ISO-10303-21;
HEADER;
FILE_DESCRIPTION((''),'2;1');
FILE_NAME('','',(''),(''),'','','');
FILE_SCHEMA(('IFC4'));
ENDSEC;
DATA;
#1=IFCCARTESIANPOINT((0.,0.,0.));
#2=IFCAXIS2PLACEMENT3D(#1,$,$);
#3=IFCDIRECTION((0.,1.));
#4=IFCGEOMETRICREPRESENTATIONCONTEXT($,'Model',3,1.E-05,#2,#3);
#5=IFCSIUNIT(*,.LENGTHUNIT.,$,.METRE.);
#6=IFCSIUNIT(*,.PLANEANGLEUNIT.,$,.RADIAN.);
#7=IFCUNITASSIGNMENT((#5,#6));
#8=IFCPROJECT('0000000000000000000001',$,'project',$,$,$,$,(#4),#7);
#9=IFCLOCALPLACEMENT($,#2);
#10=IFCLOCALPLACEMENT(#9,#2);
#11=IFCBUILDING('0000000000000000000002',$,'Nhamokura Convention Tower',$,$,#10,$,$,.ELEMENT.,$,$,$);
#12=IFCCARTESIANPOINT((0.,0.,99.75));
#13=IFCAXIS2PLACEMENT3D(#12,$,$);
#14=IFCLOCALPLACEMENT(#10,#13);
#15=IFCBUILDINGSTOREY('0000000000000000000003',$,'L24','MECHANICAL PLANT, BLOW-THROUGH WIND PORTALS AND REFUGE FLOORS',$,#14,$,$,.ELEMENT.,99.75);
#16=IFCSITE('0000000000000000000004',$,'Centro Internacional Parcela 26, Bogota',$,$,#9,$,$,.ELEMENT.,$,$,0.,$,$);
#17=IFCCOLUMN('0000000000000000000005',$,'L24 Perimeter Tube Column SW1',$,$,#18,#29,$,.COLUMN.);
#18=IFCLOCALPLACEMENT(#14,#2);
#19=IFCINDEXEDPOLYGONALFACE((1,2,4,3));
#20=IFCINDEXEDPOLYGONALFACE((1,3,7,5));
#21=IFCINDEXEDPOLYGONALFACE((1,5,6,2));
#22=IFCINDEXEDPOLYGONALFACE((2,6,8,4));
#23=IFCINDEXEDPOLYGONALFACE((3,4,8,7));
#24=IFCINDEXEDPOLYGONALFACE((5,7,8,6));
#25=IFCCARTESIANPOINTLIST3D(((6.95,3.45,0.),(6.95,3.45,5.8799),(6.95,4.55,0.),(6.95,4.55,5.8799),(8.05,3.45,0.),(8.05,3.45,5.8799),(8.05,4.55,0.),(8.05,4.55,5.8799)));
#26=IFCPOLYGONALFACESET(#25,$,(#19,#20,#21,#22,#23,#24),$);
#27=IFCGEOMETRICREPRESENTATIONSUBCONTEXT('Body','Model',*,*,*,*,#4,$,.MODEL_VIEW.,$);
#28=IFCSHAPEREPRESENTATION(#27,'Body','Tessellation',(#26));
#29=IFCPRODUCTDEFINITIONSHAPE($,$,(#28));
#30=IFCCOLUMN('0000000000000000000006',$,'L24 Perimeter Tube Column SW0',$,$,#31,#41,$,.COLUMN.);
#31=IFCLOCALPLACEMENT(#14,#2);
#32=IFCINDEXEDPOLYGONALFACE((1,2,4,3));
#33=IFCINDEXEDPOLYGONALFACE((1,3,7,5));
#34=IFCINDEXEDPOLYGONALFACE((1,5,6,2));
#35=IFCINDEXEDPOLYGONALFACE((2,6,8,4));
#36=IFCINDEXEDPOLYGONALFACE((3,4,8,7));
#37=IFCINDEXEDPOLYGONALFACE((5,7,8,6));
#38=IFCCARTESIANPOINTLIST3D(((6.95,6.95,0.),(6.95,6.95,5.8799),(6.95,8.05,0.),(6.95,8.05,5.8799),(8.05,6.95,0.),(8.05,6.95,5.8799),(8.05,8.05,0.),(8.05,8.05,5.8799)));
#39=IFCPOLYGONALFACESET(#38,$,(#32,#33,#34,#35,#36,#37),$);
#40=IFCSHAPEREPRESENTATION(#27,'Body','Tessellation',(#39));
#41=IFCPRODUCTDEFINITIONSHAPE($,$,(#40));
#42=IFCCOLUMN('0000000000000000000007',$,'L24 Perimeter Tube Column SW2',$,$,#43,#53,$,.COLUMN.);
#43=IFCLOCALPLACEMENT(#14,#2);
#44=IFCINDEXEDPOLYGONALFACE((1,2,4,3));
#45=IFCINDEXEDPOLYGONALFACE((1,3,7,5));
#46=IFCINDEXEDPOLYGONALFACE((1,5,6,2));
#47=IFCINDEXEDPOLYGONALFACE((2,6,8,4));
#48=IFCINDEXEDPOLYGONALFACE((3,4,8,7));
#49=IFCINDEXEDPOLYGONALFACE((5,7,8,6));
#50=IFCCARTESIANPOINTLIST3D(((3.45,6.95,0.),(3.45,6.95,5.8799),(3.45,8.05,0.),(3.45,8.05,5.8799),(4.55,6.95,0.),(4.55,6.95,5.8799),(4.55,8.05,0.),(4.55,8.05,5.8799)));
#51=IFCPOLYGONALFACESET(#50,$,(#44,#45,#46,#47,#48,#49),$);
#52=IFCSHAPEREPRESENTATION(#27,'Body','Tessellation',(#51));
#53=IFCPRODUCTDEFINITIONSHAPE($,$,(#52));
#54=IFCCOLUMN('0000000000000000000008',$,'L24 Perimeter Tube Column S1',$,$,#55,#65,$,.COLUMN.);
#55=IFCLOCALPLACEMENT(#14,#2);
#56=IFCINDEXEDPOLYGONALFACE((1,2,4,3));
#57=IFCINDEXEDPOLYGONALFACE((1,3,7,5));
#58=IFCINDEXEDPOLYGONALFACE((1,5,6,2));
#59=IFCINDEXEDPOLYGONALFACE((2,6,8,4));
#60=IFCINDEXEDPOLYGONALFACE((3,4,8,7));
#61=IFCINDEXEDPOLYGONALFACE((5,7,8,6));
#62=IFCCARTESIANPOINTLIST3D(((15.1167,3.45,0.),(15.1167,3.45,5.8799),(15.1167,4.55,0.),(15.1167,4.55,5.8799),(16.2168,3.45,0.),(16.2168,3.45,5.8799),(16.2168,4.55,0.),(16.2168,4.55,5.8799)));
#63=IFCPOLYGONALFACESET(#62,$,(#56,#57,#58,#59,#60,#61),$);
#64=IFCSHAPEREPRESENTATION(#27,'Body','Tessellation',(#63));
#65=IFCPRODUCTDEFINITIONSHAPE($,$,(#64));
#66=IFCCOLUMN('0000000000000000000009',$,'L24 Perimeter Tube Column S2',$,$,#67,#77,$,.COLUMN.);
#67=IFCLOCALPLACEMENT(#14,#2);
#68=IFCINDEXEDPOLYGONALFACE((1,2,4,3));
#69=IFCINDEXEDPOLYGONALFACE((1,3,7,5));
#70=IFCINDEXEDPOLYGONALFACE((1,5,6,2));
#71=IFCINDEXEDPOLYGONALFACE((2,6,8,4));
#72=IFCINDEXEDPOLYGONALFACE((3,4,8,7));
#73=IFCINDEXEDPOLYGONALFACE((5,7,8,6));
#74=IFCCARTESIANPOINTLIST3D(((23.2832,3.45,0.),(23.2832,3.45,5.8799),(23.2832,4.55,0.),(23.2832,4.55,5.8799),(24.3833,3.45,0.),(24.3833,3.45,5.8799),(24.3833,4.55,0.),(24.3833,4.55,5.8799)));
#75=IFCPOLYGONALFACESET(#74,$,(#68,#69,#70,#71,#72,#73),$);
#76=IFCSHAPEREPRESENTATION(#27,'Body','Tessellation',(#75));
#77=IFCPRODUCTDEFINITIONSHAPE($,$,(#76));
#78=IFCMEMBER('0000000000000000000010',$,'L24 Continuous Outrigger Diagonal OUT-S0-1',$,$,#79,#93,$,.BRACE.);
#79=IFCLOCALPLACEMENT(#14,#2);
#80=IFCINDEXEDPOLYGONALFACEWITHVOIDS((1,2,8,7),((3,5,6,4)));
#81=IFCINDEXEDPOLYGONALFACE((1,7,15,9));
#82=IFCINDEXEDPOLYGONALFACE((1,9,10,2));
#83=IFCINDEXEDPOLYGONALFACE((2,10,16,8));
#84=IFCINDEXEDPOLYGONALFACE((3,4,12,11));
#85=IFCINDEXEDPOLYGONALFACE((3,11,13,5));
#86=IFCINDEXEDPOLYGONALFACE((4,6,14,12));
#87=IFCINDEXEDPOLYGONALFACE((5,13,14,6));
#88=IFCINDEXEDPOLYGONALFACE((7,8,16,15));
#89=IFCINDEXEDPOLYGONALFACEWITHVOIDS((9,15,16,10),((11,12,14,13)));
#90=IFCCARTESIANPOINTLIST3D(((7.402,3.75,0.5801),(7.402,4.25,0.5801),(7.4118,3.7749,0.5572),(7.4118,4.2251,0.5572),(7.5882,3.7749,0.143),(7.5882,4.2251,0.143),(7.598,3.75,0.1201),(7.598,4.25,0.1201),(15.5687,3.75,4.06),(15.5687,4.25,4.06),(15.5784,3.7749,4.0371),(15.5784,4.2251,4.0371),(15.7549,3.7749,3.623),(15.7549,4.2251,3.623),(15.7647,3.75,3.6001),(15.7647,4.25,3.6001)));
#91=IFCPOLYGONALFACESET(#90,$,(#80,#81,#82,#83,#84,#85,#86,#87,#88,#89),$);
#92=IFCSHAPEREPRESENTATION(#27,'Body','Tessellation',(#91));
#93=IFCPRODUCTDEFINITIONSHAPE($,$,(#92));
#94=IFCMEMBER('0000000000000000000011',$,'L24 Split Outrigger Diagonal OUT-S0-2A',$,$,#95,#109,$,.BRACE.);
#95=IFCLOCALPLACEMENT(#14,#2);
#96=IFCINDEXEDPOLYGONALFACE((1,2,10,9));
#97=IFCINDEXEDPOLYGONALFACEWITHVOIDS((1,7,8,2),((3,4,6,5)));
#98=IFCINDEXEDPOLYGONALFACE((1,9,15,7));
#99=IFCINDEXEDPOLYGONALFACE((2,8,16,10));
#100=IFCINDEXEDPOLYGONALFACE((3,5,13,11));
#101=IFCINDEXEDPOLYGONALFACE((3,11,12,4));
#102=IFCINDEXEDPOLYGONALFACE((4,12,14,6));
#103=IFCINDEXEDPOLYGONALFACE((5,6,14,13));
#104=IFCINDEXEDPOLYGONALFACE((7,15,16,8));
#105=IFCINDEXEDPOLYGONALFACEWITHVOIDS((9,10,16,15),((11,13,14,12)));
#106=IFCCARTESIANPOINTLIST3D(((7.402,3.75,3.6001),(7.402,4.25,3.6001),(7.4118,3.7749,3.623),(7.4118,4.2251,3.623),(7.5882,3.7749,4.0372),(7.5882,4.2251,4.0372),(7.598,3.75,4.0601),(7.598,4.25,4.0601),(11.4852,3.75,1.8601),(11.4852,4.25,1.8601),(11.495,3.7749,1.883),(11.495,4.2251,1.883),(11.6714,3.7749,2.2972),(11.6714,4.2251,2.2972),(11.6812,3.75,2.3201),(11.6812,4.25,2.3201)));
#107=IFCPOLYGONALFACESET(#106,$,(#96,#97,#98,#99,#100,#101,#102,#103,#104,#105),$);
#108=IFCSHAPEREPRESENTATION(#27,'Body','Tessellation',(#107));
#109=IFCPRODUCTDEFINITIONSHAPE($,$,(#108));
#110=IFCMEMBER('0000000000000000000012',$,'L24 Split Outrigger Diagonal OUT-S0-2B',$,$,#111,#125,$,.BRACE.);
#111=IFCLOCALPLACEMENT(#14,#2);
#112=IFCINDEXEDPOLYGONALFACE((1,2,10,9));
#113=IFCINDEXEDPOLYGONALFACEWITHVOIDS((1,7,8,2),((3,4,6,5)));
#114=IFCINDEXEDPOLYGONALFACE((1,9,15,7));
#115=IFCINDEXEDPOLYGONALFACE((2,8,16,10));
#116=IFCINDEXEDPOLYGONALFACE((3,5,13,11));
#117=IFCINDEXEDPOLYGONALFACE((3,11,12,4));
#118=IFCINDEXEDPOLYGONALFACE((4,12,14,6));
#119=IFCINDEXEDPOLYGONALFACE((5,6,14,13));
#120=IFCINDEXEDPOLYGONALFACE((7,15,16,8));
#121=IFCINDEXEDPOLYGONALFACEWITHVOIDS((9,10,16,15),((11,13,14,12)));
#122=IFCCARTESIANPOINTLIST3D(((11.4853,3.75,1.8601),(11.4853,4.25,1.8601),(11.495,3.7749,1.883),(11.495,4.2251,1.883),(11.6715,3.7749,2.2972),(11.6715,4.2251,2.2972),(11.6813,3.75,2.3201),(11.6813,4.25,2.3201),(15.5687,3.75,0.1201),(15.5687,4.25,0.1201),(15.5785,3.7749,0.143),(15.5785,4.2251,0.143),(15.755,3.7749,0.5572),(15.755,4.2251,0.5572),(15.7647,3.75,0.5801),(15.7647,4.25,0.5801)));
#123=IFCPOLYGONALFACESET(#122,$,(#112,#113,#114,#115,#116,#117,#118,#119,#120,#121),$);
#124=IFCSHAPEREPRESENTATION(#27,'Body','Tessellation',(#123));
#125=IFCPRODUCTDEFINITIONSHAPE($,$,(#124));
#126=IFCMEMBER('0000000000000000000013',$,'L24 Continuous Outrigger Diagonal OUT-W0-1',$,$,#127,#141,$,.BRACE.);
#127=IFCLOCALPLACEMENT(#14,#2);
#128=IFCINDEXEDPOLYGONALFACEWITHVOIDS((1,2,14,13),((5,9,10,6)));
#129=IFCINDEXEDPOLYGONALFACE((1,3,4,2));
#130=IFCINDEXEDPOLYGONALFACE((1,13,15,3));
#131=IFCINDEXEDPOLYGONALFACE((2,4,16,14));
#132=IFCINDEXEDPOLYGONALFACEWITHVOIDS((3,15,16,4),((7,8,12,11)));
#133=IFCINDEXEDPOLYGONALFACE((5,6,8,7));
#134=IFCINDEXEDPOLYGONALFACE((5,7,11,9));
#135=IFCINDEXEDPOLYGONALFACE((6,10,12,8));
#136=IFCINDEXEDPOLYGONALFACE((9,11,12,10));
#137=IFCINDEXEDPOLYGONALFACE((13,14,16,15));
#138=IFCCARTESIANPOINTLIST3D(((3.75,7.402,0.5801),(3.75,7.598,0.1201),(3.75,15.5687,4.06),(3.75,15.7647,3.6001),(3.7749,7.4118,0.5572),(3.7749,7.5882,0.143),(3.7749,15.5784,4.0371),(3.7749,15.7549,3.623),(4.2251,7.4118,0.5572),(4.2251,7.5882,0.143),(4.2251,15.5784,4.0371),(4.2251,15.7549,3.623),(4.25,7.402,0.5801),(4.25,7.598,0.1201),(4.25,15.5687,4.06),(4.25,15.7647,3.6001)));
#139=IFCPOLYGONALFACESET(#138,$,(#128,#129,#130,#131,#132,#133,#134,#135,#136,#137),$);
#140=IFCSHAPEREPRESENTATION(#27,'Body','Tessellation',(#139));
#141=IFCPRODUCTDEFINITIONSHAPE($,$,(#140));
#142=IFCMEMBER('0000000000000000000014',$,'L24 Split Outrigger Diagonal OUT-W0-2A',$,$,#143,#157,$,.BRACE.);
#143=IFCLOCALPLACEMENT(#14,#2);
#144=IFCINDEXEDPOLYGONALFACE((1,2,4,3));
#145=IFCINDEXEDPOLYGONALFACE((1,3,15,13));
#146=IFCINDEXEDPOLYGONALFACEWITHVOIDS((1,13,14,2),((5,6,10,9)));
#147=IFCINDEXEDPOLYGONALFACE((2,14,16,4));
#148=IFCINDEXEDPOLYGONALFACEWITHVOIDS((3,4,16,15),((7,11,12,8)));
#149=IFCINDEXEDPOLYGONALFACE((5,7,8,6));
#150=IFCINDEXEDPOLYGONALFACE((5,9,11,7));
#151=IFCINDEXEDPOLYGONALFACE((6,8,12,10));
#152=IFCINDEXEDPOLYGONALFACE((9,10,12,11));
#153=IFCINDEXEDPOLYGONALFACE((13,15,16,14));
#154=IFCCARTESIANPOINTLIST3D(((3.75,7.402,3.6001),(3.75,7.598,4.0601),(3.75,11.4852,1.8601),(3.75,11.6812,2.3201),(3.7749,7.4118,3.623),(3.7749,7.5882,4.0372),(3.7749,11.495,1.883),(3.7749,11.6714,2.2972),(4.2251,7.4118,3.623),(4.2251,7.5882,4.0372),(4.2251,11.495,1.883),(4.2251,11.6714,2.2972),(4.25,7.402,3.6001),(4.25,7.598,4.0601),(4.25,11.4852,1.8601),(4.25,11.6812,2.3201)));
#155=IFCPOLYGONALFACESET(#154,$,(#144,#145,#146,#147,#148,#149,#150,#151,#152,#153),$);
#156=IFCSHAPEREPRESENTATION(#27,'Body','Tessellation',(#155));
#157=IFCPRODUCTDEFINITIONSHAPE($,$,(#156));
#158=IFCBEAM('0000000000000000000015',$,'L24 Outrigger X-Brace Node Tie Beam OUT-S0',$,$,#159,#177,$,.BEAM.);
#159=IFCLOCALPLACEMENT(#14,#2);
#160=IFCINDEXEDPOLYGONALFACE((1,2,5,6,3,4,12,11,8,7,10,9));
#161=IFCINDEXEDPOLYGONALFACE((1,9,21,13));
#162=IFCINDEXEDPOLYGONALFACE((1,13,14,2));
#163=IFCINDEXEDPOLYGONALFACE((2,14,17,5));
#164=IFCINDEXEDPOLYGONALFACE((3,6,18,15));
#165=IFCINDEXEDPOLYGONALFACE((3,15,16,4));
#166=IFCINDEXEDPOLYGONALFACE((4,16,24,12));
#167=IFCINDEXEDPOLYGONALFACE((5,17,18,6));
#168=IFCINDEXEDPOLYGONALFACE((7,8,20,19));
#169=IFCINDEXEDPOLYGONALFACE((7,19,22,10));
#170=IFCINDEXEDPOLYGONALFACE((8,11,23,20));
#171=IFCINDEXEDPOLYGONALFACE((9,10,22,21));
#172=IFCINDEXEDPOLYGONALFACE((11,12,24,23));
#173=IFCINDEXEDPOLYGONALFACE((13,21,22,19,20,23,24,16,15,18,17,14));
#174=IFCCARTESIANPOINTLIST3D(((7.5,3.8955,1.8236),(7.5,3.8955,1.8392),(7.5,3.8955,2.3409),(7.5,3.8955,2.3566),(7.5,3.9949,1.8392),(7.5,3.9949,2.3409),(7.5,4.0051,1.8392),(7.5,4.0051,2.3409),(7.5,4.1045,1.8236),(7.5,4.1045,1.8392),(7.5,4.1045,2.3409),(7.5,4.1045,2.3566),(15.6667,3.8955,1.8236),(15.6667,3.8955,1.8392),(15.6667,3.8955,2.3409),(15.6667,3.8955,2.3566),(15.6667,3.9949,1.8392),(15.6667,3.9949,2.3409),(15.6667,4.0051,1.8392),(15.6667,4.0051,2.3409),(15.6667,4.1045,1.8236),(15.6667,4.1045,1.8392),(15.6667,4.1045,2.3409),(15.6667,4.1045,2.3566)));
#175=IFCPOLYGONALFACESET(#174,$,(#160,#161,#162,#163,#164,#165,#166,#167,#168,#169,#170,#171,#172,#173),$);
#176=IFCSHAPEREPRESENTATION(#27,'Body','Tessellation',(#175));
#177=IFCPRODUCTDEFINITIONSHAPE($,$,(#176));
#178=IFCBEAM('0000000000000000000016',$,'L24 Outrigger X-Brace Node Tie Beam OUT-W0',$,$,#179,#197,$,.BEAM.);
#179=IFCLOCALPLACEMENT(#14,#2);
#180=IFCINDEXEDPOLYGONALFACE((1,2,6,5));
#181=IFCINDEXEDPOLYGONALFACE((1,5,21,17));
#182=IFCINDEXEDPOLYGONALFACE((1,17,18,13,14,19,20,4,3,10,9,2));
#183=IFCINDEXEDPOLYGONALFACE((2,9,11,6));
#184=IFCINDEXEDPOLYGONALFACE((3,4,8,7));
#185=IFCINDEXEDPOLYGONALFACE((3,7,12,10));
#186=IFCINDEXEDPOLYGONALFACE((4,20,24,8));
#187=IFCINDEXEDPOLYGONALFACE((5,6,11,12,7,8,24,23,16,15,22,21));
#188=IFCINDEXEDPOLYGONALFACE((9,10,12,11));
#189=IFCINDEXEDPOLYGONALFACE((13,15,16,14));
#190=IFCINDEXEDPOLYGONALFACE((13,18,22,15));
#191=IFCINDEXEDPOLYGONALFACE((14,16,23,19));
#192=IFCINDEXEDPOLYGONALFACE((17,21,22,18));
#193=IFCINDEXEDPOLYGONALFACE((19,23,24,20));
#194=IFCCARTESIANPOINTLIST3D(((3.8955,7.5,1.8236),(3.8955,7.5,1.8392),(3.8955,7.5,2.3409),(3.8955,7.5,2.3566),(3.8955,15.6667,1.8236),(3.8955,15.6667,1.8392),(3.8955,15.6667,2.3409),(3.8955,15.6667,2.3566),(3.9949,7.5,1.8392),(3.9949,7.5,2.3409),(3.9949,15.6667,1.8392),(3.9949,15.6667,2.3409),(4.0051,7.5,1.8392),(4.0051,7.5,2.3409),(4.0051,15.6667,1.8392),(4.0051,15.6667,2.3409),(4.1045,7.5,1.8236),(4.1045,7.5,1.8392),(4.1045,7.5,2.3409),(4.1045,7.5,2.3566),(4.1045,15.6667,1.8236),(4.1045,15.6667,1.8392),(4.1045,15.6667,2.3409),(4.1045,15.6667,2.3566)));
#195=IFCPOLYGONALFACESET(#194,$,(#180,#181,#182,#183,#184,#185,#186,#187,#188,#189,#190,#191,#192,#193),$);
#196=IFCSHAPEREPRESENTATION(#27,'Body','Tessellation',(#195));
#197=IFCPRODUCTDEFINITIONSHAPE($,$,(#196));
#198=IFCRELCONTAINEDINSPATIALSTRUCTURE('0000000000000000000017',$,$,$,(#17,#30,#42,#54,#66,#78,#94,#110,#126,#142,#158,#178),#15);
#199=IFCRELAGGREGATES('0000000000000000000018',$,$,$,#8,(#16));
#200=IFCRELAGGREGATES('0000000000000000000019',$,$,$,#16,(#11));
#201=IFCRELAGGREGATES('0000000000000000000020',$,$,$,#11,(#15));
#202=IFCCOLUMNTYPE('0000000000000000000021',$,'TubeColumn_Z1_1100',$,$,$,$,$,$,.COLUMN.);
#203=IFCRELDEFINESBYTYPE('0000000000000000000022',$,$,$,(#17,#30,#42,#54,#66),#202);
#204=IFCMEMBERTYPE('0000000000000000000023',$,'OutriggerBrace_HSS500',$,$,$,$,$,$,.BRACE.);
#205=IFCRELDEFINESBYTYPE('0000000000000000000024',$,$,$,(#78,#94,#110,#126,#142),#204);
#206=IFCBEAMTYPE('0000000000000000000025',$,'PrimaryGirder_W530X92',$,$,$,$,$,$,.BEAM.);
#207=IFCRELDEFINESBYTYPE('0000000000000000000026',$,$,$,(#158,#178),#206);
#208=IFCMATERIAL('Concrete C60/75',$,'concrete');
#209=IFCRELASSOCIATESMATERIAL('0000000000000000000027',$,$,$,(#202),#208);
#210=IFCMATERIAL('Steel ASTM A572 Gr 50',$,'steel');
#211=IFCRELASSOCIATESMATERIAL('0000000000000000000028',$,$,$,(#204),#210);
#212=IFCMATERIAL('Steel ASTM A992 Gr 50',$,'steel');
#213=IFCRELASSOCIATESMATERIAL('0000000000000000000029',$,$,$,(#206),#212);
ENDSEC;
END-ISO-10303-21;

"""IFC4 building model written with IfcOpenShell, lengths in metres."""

from ifc_helpers import new_model, si_unit, direction, frame, origin, origin_2d, place, context, subcontext, project, spatial, rectangle, hollow_rectangle, i_section, extrude, material, material_profile, profile_set, type_object, element, save


model = new_model("IFC4")

# Units and contexts
model_context = context("Model", 3, precision=1e-05, world=origin(), true_north=direction((0.0, 1.0)))
body_context = subcontext(model_context, "Body", "Model", "MODEL_VIEW")
ifc_project = project(units=[si_unit("LENGTHUNIT", "METRE"), si_unit("PLANEANGLEUNIT", "RADIAN")], contexts=[model_context])

# Site, building, storey
site_placement = place(None, origin())
site = spatial("IfcSite", under=ifc_project, at=site_placement, Name="Centro Internacional Parcela 26, Bogota", CompositionType="ELEMENT", RefElevation=0.0)
building_placement = place(site_placement, origin())
building = spatial("IfcBuilding", under=site, at=building_placement, Name="Nhamokura Convention Tower", CompositionType="ELEMENT")
storey_placement = place(building_placement, frame((0.0, 0.0, 99.75)))
storey = spatial("IfcBuildingStorey", under=building, at=storey_placement, Name="L24", Description="MECHANICAL PLANT, BLOW-THROUGH WIND PORTALS AND REFUGE FLOORS", CompositionType="ELEMENT", Elevation=99.75)

# Columns
ifc_material_1 = material(Name="Concrete C60/75", Category="concrete")
ifc_material_profile_1 = material_profile(ifc_material_1, rectangle(XDim=1.1001, YDim=1.1001, at=origin_2d()))
ifc_profile_set_1 = profile_set([ifc_material_profile_1], Name="Concrete C60/75")
column_type = type_object("IfcColumnType", Name="TubeColumn_Z1_1100", PredefinedType="COLUMN", material=ifc_profile_set_1)
for number, where, z_axis, x_axis, name in (
    (1, (7.5, 4.0, 0.0), (0.0, 0.0, 1.0), (1.0, 0.0, 0.0), "L24 Perimeter Tube Column SW1"),
    (2, (7.5, 7.5, 0.0), (0.0, 0.0, 1.0), (1.0, 0.0, 0.0), "L24 Perimeter Tube Column SW0"),
    (3, (4.0, 7.5, 0.0), (0.0, 0.0, 1.0), (1.0, 0.0, 0.0), "L24 Perimeter Tube Column SW2"),
    (4, (15.6667, 4.0, 0.0), (0.0, 0.0, 1.0), (1.0, 0.0, 0.0), "L24 Perimeter Tube Column S1"),
    (5, (23.8333, 4.0, 0.0), (0.0, 0.0, 1.0), (1.0, 0.0, 0.0), "L24 Perimeter Tube Column S2"),
):
    element("IfcColumn", number, at=place(storey_placement, frame(where, z_axis=z_axis, x_axis=x_axis)), inside=storey, type_object=column_type, Name=name, PredefinedType="COLUMN", context=body_context, shape_type="SweptSolid", body=[
        extrude(rectangle(XDim=1.1001, YDim=1.1001, at=origin_2d()), origin(), (0.0, 0.0, 1.0), 5.8799),
    ])

# Members
ifc_material_2 = material(Name="Steel ASTM A572 Gr 50", Category="steel")
ifc_material_profile_2 = material_profile(ifc_material_2, hollow_rectangle(XDim=0.5, YDim=0.5, WallThickness=0.0249, at=origin_2d()))
ifc_profile_set_2 = profile_set([ifc_material_profile_2], Name="Steel ASTM A572 Gr 50")
member_type_1 = type_object("IfcMemberType", Name="OutriggerBrace_HSS500", PredefinedType="BRACE", material=ifc_profile_set_2)
member_1_placement = place(storey_placement, frame((7.5, 4.0, 0.3501), z_axis=(0.919961, 0.0, 0.39201), x_axis=(0.0, 1.0, 0.0)))
element("IfcMember", 6, at=member_1_placement, inside=storey, type_object=member_type_1, Name="L24 Continuous Outrigger Diagonal OUT-S0-1", PredefinedType="BRACE", context=body_context, shape_type="SweptSolid", body=[
    extrude(hollow_rectangle(XDim=0.5, YDim=0.5, WallThickness=0.0249, at=origin_2d()), origin(), (0.0, 0.0, 1.0), 8.8772),
])
member_2_placement = place(storey_placement, frame((7.5, 4.0, 3.8301), z_axis=(0.919957, 0.0, -0.39202), x_axis=(0.0, 1.0, 0.0)))
element("IfcMember", 7, at=member_2_placement, inside=storey, type_object=member_type_1, Name="L24 Split Outrigger Diagonal OUT-S0-2A", PredefinedType="BRACE", context=body_context, shape_type="SweptSolid", body=[
    extrude(hollow_rectangle(XDim=0.5, YDim=0.5, WallThickness=0.0249, at=origin_2d()), origin(), (0.0, 0.0, 1.0), 4.4385),
])
member_3_placement = place(storey_placement, frame((11.5833, 4.0, 2.0901), z_axis=(0.919965, 0.0, -0.392), x_axis=(0.0, 1.0, 0.0)))
element("IfcMember", 8, at=member_3_placement, inside=storey, type_object=member_type_1, Name="L24 Split Outrigger Diagonal OUT-S0-2B", PredefinedType="BRACE", context=body_context, shape_type="SweptSolid", body=[
    extrude(hollow_rectangle(XDim=0.5, YDim=0.5, WallThickness=0.0249, at=origin_2d()), origin(), (0.0, 0.0, 1.0), 4.4387),
])
member_4_placement = place(storey_placement, frame((4.0, 7.5, 0.3501), z_axis=(0.0, 0.919961, 0.39201), x_axis=(-1.0, 0.0, 0.0)))
element("IfcMember", 9, at=member_4_placement, inside=storey, type_object=member_type_1, Name="L24 Continuous Outrigger Diagonal OUT-W0-1", PredefinedType="BRACE", context=body_context, shape_type="SweptSolid", body=[
    extrude(hollow_rectangle(XDim=0.5, YDim=0.5, WallThickness=0.0249, at=origin_2d()), origin(), (0.0, 0.0, 1.0), 8.8772),
])
member_5_placement = place(storey_placement, frame((4.0, 7.5, 3.8301), z_axis=(0.0, 0.919957, -0.39202), x_axis=(-1.0, 0.0, 0.0)))
element("IfcMember", 10, at=member_5_placement, inside=storey, type_object=member_type_1, Name="L24 Split Outrigger Diagonal OUT-W0-2A", PredefinedType="BRACE", context=body_context, shape_type="SweptSolid", body=[
    extrude(hollow_rectangle(XDim=0.5, YDim=0.5, WallThickness=0.0249, at=origin_2d()), origin(), (0.0, 0.0, 1.0), 4.4385),
])

# Beams
ifc_material_3 = material(Name="Steel ASTM A992 Gr 50", Category="steel")
ifc_material_profile_3 = material_profile(ifc_material_3, i_section(OverallWidth=0.209, OverallDepth=0.533, WebThickness=0.0103, FlangeThickness=0.0156, at=origin_2d()))
ifc_profile_set_3 = profile_set([ifc_material_profile_3], Name="Steel ASTM A992 Gr 50")
beam_type_1 = type_object("IfcBeamType", Name="PrimaryGirder_W530X92", PredefinedType="BEAM", material=ifc_profile_set_3)
for number, where, z_axis, x_axis, name in (
    (11, (7.5, 4.0, 2.0901), (1.0, 0.0, 0.0), (0.0, 1.0, 0.0), "L24 Outrigger X-Brace Node Tie Beam OUT-S0"),
    (12, (4.0, 7.5, 2.0901), (0.0, 1.0, 0.0), (-1.0, 0.0, 0.0), "L24 Outrigger X-Brace Node Tie Beam OUT-W0"),
):
    element("IfcBeam", number, at=place(storey_placement, frame(where, z_axis=z_axis, x_axis=x_axis)), inside=storey, type_object=beam_type_1, Name=name, PredefinedType="BEAM", context=body_context, shape_type="SweptSolid", body=[
        extrude(i_section(OverallWidth=0.209, OverallDepth=0.533, WebThickness=0.0103, FlangeThickness=0.0156, at=origin_2d()), origin(), (0.0, 0.0, 1.0), 8.1667),
    ])

save(model, "model.ifc")
